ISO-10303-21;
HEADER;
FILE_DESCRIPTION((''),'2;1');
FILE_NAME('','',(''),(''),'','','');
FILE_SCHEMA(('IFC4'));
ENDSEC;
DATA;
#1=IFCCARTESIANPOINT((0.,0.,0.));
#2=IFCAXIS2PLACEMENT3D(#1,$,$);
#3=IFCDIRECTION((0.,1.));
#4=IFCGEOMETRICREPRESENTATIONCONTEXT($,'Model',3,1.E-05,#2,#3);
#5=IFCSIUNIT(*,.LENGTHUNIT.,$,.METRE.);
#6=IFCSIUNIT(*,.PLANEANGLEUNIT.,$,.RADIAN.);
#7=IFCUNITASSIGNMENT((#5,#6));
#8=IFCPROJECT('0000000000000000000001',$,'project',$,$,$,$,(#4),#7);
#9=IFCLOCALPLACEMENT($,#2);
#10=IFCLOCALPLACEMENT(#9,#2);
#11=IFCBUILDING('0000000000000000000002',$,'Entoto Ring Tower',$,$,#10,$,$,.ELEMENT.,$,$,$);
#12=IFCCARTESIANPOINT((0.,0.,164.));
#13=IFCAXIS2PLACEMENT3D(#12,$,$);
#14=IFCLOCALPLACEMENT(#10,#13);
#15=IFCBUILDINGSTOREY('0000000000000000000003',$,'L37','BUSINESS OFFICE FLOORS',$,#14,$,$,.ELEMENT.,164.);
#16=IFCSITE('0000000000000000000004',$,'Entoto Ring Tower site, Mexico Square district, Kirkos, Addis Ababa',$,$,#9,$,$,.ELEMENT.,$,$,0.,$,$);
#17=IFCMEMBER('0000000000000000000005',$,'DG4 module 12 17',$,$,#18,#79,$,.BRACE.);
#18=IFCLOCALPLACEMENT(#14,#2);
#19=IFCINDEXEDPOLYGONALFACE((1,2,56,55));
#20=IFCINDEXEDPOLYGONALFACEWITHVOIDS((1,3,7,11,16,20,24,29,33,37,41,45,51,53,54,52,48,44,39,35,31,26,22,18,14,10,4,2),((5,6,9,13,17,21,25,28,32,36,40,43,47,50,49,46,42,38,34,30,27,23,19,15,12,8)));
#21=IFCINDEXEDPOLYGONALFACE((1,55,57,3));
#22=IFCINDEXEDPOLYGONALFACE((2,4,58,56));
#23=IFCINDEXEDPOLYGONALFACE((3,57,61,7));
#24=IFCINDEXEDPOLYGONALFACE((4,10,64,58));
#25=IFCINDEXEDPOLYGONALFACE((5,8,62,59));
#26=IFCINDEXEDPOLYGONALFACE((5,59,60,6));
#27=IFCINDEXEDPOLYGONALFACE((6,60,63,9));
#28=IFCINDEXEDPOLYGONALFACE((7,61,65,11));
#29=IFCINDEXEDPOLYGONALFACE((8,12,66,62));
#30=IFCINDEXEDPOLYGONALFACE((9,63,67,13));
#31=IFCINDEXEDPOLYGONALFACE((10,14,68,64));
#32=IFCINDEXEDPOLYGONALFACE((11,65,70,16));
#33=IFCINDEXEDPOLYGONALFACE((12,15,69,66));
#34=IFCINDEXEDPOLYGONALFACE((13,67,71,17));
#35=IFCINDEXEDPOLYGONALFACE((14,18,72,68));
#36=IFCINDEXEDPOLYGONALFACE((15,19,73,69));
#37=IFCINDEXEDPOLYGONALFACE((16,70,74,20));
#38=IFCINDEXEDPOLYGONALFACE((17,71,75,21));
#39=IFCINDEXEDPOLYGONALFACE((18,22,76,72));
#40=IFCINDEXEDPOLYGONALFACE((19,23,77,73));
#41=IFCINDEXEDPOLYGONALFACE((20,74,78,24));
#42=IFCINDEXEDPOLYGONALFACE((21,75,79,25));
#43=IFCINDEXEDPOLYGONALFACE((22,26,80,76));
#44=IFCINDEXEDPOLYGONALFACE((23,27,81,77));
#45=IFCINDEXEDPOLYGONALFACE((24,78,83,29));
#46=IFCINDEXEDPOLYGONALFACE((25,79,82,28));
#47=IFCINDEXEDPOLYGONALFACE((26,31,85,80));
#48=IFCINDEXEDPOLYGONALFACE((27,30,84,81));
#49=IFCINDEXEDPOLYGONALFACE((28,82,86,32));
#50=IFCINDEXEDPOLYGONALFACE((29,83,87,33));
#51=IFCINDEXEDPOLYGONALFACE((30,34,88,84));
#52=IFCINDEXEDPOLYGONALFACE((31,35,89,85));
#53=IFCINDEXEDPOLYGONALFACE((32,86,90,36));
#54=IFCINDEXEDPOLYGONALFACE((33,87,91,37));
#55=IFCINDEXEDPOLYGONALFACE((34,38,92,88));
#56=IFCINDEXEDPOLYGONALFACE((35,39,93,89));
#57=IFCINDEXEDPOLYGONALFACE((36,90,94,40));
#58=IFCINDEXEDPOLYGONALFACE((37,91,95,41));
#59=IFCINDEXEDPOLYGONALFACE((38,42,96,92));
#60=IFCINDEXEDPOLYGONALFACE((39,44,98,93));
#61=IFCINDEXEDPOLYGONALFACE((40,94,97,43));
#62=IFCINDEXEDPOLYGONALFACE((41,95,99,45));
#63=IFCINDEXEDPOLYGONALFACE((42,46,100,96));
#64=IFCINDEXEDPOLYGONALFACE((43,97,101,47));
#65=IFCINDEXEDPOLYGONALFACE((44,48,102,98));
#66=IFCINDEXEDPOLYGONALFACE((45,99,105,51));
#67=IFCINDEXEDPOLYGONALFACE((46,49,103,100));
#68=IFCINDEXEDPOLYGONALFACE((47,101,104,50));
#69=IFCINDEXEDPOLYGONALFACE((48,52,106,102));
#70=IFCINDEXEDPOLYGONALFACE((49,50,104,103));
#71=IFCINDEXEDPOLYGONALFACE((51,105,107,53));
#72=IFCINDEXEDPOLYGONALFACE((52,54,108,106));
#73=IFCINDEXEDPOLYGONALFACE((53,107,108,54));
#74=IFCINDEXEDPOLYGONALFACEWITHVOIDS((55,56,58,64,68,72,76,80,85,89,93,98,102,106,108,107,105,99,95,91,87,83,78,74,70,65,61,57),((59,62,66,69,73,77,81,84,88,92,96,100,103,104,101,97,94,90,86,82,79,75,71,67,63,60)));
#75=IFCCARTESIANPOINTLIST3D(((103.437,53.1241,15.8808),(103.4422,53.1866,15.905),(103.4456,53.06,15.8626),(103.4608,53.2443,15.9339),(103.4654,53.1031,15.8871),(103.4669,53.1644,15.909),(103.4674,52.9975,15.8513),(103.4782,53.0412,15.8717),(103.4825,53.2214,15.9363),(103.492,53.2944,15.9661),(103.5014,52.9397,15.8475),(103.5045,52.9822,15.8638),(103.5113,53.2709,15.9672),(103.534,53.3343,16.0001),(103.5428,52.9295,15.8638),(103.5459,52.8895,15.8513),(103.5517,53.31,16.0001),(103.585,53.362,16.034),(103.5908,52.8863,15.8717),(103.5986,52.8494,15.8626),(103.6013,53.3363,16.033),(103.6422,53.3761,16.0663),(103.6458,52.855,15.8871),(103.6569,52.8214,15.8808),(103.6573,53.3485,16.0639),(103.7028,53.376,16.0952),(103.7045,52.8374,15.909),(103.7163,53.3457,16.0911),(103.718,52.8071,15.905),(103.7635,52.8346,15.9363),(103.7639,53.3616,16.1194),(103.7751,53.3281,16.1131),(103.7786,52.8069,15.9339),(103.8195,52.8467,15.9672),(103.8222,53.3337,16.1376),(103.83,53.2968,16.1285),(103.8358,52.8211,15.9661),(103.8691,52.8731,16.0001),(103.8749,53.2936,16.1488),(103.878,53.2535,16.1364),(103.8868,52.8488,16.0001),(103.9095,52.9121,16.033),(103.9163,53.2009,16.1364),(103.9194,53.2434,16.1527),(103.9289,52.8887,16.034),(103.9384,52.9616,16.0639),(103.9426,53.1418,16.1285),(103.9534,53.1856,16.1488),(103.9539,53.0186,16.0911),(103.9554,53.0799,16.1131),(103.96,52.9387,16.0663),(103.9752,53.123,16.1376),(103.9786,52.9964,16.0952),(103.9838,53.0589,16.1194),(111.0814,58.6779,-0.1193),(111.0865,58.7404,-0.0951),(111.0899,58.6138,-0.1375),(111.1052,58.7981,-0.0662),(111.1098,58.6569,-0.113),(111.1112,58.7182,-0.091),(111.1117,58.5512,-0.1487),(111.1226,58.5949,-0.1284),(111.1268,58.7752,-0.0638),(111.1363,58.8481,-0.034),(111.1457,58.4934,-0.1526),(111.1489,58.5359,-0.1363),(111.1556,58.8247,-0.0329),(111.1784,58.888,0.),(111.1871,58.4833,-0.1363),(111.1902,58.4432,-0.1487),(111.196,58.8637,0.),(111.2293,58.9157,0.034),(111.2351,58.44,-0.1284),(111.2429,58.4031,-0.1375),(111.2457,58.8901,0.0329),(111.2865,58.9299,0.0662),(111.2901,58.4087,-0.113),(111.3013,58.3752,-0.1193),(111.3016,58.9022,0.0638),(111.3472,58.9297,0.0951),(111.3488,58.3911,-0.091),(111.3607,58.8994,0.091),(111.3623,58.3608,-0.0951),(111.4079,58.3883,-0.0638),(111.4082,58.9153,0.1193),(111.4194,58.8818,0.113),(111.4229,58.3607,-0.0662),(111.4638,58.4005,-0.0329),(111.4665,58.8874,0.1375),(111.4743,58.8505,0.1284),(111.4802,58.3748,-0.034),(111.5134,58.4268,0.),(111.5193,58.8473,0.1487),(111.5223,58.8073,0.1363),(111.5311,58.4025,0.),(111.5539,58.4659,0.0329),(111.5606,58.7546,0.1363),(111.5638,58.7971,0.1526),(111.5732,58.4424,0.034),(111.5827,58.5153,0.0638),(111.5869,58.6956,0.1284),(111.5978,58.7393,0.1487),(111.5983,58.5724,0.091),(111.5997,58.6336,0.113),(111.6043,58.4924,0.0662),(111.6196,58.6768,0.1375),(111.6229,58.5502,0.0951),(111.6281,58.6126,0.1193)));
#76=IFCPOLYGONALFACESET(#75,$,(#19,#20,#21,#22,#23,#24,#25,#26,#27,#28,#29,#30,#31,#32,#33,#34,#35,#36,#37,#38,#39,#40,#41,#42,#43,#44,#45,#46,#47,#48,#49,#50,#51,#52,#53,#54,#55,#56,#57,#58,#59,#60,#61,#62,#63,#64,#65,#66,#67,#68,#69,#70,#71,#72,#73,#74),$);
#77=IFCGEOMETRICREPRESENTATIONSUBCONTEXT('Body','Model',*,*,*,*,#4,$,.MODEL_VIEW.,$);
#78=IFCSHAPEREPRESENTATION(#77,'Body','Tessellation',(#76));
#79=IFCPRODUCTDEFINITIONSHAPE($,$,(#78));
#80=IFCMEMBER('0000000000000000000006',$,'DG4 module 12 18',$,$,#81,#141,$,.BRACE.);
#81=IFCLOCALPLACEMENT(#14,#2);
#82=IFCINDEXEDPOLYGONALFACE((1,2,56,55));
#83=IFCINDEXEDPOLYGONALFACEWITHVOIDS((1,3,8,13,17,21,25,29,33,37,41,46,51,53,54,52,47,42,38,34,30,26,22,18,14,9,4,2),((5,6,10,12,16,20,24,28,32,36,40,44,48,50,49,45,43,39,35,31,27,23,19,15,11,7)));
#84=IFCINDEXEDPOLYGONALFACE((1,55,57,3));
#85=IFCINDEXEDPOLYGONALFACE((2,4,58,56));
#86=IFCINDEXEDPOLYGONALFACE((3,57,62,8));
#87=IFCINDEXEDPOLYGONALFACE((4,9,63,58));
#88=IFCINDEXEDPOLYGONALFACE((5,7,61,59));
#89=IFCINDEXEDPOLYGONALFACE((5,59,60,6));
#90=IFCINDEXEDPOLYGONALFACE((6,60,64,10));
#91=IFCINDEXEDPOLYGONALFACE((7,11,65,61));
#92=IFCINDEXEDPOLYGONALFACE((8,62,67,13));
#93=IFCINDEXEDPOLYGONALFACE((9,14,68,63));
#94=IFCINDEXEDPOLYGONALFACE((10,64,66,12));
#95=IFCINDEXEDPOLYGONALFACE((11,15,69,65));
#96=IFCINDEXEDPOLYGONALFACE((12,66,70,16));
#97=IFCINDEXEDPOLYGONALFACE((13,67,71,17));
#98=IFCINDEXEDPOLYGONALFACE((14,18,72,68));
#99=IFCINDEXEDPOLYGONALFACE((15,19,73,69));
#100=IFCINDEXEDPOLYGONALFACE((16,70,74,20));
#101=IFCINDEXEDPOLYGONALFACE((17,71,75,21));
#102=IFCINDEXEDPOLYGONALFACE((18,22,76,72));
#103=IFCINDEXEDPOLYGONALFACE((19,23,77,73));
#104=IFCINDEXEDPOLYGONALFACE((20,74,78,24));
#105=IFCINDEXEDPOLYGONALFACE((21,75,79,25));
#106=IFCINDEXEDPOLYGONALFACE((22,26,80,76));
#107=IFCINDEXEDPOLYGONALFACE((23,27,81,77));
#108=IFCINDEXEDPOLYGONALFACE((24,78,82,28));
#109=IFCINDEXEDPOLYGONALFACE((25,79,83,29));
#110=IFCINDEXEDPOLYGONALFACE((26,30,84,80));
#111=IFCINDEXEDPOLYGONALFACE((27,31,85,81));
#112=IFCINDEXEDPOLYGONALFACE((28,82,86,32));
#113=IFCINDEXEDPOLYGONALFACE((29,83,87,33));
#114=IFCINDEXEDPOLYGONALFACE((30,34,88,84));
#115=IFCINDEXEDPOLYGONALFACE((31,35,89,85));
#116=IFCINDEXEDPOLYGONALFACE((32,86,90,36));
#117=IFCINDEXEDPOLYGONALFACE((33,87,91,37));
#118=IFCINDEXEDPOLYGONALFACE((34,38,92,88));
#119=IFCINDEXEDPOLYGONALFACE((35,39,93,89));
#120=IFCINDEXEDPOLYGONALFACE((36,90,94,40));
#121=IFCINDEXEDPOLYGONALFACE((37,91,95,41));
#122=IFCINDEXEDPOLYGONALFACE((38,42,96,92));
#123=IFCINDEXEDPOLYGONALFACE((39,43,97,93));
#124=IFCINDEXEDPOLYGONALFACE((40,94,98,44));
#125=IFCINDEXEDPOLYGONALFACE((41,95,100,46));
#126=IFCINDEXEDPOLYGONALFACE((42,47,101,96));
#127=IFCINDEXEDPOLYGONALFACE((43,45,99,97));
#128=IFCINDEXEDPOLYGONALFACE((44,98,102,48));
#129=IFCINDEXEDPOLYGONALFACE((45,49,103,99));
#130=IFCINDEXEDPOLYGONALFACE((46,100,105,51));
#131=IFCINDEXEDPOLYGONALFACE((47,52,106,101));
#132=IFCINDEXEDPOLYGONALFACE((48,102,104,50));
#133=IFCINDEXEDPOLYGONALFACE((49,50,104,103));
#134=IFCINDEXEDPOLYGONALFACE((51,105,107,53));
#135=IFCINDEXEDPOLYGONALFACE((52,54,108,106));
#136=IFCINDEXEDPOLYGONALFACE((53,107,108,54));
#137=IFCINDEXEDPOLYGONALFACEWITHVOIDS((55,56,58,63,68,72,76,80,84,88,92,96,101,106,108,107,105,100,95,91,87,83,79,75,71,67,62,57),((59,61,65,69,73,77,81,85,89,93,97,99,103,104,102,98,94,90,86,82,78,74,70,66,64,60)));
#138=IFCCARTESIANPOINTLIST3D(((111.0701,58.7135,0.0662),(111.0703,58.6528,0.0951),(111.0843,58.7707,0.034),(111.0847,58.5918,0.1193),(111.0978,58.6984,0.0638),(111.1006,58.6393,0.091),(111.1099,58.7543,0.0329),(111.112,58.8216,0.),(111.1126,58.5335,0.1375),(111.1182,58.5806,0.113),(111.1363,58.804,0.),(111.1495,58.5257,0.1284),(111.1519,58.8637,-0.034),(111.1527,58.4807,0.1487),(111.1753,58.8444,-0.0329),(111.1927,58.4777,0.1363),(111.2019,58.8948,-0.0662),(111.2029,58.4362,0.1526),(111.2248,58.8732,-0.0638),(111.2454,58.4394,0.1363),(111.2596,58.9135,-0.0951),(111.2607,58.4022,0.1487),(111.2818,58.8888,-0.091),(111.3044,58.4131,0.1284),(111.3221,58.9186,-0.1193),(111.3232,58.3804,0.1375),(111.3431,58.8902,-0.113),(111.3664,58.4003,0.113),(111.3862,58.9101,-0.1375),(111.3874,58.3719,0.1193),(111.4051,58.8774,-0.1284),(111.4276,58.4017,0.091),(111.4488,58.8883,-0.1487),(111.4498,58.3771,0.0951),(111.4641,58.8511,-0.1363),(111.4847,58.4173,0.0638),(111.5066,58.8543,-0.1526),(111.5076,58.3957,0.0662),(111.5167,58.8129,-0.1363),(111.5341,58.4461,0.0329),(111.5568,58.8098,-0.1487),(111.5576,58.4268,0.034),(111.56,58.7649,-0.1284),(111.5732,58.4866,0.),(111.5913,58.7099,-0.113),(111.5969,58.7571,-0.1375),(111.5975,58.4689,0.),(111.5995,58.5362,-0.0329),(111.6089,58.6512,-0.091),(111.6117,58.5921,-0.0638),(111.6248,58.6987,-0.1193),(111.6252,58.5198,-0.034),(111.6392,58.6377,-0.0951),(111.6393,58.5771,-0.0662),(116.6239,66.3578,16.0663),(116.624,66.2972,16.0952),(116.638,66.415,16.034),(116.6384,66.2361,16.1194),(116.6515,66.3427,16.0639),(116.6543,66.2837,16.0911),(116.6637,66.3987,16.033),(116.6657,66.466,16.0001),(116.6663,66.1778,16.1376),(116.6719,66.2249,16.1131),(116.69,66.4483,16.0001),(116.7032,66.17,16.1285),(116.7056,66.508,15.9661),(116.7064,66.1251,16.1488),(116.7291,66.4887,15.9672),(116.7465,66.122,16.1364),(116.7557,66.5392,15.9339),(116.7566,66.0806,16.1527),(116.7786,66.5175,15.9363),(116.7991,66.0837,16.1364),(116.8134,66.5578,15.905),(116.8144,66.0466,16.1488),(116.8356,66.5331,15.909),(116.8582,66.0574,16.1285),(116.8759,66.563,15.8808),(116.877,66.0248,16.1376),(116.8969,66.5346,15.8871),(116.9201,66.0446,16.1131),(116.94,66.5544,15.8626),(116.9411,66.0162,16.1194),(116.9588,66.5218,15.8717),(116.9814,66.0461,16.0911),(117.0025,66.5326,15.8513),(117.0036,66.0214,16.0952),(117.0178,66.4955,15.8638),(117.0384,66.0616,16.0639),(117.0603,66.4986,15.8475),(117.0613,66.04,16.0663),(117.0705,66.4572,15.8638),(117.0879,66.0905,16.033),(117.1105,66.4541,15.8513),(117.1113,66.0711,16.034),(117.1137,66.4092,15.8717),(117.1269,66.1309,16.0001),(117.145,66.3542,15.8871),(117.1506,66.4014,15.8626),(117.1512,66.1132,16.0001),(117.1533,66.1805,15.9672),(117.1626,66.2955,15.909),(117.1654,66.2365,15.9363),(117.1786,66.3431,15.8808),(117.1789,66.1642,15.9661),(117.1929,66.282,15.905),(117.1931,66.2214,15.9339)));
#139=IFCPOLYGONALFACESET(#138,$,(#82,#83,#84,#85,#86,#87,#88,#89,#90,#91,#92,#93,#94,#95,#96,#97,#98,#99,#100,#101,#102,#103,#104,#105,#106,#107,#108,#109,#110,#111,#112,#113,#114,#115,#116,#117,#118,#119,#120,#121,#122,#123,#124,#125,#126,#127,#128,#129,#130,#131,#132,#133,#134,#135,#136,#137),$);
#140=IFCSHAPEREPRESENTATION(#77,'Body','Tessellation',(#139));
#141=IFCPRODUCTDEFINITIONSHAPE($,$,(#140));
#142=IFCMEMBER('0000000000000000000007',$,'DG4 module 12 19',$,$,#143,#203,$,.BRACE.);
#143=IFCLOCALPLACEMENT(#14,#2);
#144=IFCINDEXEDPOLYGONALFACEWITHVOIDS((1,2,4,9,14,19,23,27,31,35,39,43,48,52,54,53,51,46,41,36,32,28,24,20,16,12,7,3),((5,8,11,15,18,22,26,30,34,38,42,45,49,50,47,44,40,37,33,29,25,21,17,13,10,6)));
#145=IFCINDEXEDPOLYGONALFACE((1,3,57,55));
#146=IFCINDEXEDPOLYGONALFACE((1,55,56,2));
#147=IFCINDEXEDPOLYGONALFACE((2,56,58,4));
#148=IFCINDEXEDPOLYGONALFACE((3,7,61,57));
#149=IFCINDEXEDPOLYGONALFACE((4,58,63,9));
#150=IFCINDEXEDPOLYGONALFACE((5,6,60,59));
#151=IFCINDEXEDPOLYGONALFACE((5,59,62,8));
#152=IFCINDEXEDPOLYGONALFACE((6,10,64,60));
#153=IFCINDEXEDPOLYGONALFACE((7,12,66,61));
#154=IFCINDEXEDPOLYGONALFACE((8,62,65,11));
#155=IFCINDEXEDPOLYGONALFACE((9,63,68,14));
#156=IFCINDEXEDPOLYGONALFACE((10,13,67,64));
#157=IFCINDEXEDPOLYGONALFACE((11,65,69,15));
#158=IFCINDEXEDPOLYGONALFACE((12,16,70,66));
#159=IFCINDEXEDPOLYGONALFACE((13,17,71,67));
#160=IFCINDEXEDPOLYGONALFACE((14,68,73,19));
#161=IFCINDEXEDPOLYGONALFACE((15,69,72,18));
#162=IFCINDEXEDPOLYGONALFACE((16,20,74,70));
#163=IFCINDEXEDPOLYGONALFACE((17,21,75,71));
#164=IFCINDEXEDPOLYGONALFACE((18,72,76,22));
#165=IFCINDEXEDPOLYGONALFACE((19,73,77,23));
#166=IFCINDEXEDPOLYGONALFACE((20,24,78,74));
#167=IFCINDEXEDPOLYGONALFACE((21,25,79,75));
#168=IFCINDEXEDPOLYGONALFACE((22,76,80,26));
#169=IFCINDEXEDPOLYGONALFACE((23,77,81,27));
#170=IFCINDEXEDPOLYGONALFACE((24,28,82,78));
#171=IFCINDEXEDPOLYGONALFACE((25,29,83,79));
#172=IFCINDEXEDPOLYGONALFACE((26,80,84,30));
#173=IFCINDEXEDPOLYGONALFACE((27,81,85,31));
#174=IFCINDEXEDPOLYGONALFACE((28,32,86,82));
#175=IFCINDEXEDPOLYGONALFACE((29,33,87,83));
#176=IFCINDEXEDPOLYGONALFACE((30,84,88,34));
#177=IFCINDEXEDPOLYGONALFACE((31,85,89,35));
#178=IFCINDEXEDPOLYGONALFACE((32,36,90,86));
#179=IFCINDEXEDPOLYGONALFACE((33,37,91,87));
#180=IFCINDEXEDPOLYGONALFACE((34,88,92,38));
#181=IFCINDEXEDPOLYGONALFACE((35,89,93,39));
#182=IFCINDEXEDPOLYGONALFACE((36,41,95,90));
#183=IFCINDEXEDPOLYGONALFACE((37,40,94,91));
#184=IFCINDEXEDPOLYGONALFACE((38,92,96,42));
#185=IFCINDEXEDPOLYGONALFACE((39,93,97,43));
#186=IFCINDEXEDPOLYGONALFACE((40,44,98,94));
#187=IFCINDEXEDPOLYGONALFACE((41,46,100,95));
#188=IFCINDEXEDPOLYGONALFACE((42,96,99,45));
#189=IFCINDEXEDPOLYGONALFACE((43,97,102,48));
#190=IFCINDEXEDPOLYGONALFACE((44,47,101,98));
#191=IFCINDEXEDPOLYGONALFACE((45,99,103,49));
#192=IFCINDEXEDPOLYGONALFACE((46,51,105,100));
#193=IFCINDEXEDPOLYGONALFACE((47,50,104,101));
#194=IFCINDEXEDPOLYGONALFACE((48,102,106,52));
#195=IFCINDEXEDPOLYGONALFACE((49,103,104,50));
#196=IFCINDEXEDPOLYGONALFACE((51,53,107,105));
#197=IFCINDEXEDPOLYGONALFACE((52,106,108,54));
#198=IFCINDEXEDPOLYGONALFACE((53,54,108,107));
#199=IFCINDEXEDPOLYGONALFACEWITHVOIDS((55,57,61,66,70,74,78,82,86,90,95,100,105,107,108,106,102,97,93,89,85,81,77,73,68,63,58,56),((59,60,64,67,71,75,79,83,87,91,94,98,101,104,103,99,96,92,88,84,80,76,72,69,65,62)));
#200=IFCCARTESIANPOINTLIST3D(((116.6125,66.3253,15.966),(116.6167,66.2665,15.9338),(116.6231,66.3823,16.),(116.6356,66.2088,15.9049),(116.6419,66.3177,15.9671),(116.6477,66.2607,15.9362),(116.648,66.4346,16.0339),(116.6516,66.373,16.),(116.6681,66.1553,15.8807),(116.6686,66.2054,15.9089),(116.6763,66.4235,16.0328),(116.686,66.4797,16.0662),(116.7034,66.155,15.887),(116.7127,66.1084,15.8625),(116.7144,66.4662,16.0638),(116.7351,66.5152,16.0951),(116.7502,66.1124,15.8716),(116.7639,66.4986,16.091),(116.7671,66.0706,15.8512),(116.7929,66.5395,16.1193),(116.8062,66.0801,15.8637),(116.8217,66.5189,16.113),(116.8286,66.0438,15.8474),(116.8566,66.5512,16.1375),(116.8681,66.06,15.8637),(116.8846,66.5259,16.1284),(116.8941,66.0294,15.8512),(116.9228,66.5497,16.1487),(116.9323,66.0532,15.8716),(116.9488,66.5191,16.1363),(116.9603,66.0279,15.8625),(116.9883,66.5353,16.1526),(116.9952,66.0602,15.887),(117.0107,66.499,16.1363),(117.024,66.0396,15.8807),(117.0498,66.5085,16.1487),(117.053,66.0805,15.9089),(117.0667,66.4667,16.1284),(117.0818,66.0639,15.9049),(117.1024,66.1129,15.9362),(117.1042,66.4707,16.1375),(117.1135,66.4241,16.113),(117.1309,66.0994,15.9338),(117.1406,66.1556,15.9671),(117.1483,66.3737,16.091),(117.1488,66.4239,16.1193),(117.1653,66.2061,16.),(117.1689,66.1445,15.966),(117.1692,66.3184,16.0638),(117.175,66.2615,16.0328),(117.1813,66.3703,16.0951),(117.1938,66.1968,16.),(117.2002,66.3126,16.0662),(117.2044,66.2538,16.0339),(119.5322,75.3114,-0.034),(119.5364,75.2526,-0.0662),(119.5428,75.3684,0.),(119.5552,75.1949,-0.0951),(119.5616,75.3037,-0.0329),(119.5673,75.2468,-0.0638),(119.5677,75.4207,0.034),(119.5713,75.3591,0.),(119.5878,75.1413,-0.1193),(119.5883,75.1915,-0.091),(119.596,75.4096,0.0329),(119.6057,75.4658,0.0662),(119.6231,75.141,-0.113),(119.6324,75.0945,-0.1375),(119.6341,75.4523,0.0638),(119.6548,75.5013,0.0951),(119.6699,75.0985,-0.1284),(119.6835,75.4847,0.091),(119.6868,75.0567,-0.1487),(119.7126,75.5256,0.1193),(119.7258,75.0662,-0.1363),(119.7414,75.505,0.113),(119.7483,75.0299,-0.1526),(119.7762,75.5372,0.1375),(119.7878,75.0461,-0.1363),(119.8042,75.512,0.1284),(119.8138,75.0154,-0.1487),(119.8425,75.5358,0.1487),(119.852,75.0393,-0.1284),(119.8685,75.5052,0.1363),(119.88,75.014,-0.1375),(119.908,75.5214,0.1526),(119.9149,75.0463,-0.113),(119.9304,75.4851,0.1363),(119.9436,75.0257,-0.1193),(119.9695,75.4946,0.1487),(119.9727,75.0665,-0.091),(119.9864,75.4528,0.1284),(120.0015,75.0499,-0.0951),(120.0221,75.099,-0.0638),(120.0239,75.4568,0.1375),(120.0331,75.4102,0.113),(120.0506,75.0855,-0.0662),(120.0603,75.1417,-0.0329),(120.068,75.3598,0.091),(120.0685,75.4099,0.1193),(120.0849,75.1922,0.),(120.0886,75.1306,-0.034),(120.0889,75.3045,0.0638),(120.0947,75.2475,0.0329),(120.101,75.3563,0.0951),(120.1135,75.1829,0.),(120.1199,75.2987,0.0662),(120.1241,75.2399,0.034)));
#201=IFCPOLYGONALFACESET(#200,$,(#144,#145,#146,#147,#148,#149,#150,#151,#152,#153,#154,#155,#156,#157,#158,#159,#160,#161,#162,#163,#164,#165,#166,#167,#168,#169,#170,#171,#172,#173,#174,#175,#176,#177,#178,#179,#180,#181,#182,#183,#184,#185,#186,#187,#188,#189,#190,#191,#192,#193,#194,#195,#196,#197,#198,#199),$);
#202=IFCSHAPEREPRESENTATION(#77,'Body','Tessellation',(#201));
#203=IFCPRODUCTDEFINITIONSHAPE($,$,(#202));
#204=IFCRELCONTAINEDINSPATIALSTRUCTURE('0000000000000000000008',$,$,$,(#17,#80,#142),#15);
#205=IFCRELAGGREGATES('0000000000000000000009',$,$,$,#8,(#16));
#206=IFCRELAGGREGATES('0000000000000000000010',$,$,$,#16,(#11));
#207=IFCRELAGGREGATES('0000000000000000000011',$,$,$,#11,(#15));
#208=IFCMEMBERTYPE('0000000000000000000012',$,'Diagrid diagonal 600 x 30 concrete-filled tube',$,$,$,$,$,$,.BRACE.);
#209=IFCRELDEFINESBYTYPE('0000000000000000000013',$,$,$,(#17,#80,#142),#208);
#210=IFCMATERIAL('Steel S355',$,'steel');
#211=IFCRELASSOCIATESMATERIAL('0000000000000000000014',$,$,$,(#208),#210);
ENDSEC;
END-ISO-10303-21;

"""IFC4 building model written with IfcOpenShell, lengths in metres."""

from ifc_helpers import new_model, si_unit, direction, frame, origin, origin_2d, place, context, subcontext, project, spatial, circle, hollow_circle, extrude, material, material_profile, profile_set, type_object, element, save


model = new_model("IFC4")

# Units and contexts
model_context = context("Model", 3, precision=1e-05, world=origin(), true_north=direction((0.0, 1.0)))
body_context = subcontext(model_context, "Body", "Model", "MODEL_VIEW")
ifc_project = project(units=[si_unit("LENGTHUNIT", "METRE"), si_unit("PLANEANGLEUNIT", "RADIAN")], contexts=[model_context])

# Site, building, storey
site_placement = place(None, origin())
site = spatial("IfcSite", under=ifc_project, at=site_placement, Name="Entoto Ring Tower site, Mexico Square district, Kirkos, Addis Ababa", CompositionType="ELEMENT", RefElevation=0.0)
building_placement = place(site_placement, origin())
building = spatial("IfcBuilding", under=site, at=building_placement, Name="Entoto Ring Tower", CompositionType="ELEMENT")
storey_placement = place(building_placement, frame((0.0, 0.0, 164.0)))
storey = spatial("IfcBuildingStorey", under=building, at=storey_placement, Name="L37", Description="BUSINESS OFFICE FLOORS", CompositionType="ELEMENT", Elevation=164.0)

# Members
ifc_material_1 = material(Name="Steel S355", Category="steel")
ifc_material_profile_1 = material_profile(ifc_material_1, hollow_circle(Radius=0.3, WallThickness=0.03, at=origin_2d()), Name="CHS 600 x 30")
ifc_material_2 = material(Name="Concrete C60/75", Category="concrete")
ifc_material_profile_2 = material_profile(ifc_material_2, circle(Radius=0.27, at=origin_2d()), Name="Concrete C60/75 infill")
ifc_profile_set_1 = profile_set([ifc_material_profile_1, ifc_material_profile_2], Name="Steel S355")
member_type_1 = type_object("IfcMemberType", Name="Diagrid diagonal 600 x 30 concrete-filled tube", PredefinedType="BRACE", material=ifc_profile_set_1)
for number, where, z_axis, x_axis, name in (
    (1, (111.3547, 58.6453, 0.0), (-0.411388, -0.298881, 0.861063), (0.587772, -0.809026, 0.0), "DG4 module 12 17"),
    (2, (111.3547, 58.6453, 0.0), (0.298881, 0.411388, 0.861063), (-0.809026, 0.587772, 0.0), "DG4 module 12 18"),
):
    element("IfcMember", number, at=place(storey_placement, frame(where, z_axis=z_axis, x_axis=x_axis)), inside=storey, type_object=member_type_1, Name=name, PredefinedType="BRACE", context=body_context, shape_type="SweptSolid", body=[
        extrude(hollow_circle(Radius=0.3, WallThickness=0.03, at=origin_2d()), origin(), (0.0, 0.0, 1.0), 18.5818),
    ])
member_1_placement = place(storey_placement, frame((119.8281, 75.2756, 0.0), z_axis=(-0.157128, -0.483602, 0.861069), x_axis=(0.951059, -0.30901, 0.0)))
element("IfcMember", 3, at=member_1_placement, inside=storey, type_object=member_type_1, Name="DG4 module 12 19", PredefinedType="BRACE", context=body_context, shape_type="SweptSolid", body=[
    extrude(hollow_circle(Radius=0.3, WallThickness=0.03, at=origin_2d()), origin(), (0.0, 0.0, 1.0), 18.5815),
])

save(model, "model.ifc")
